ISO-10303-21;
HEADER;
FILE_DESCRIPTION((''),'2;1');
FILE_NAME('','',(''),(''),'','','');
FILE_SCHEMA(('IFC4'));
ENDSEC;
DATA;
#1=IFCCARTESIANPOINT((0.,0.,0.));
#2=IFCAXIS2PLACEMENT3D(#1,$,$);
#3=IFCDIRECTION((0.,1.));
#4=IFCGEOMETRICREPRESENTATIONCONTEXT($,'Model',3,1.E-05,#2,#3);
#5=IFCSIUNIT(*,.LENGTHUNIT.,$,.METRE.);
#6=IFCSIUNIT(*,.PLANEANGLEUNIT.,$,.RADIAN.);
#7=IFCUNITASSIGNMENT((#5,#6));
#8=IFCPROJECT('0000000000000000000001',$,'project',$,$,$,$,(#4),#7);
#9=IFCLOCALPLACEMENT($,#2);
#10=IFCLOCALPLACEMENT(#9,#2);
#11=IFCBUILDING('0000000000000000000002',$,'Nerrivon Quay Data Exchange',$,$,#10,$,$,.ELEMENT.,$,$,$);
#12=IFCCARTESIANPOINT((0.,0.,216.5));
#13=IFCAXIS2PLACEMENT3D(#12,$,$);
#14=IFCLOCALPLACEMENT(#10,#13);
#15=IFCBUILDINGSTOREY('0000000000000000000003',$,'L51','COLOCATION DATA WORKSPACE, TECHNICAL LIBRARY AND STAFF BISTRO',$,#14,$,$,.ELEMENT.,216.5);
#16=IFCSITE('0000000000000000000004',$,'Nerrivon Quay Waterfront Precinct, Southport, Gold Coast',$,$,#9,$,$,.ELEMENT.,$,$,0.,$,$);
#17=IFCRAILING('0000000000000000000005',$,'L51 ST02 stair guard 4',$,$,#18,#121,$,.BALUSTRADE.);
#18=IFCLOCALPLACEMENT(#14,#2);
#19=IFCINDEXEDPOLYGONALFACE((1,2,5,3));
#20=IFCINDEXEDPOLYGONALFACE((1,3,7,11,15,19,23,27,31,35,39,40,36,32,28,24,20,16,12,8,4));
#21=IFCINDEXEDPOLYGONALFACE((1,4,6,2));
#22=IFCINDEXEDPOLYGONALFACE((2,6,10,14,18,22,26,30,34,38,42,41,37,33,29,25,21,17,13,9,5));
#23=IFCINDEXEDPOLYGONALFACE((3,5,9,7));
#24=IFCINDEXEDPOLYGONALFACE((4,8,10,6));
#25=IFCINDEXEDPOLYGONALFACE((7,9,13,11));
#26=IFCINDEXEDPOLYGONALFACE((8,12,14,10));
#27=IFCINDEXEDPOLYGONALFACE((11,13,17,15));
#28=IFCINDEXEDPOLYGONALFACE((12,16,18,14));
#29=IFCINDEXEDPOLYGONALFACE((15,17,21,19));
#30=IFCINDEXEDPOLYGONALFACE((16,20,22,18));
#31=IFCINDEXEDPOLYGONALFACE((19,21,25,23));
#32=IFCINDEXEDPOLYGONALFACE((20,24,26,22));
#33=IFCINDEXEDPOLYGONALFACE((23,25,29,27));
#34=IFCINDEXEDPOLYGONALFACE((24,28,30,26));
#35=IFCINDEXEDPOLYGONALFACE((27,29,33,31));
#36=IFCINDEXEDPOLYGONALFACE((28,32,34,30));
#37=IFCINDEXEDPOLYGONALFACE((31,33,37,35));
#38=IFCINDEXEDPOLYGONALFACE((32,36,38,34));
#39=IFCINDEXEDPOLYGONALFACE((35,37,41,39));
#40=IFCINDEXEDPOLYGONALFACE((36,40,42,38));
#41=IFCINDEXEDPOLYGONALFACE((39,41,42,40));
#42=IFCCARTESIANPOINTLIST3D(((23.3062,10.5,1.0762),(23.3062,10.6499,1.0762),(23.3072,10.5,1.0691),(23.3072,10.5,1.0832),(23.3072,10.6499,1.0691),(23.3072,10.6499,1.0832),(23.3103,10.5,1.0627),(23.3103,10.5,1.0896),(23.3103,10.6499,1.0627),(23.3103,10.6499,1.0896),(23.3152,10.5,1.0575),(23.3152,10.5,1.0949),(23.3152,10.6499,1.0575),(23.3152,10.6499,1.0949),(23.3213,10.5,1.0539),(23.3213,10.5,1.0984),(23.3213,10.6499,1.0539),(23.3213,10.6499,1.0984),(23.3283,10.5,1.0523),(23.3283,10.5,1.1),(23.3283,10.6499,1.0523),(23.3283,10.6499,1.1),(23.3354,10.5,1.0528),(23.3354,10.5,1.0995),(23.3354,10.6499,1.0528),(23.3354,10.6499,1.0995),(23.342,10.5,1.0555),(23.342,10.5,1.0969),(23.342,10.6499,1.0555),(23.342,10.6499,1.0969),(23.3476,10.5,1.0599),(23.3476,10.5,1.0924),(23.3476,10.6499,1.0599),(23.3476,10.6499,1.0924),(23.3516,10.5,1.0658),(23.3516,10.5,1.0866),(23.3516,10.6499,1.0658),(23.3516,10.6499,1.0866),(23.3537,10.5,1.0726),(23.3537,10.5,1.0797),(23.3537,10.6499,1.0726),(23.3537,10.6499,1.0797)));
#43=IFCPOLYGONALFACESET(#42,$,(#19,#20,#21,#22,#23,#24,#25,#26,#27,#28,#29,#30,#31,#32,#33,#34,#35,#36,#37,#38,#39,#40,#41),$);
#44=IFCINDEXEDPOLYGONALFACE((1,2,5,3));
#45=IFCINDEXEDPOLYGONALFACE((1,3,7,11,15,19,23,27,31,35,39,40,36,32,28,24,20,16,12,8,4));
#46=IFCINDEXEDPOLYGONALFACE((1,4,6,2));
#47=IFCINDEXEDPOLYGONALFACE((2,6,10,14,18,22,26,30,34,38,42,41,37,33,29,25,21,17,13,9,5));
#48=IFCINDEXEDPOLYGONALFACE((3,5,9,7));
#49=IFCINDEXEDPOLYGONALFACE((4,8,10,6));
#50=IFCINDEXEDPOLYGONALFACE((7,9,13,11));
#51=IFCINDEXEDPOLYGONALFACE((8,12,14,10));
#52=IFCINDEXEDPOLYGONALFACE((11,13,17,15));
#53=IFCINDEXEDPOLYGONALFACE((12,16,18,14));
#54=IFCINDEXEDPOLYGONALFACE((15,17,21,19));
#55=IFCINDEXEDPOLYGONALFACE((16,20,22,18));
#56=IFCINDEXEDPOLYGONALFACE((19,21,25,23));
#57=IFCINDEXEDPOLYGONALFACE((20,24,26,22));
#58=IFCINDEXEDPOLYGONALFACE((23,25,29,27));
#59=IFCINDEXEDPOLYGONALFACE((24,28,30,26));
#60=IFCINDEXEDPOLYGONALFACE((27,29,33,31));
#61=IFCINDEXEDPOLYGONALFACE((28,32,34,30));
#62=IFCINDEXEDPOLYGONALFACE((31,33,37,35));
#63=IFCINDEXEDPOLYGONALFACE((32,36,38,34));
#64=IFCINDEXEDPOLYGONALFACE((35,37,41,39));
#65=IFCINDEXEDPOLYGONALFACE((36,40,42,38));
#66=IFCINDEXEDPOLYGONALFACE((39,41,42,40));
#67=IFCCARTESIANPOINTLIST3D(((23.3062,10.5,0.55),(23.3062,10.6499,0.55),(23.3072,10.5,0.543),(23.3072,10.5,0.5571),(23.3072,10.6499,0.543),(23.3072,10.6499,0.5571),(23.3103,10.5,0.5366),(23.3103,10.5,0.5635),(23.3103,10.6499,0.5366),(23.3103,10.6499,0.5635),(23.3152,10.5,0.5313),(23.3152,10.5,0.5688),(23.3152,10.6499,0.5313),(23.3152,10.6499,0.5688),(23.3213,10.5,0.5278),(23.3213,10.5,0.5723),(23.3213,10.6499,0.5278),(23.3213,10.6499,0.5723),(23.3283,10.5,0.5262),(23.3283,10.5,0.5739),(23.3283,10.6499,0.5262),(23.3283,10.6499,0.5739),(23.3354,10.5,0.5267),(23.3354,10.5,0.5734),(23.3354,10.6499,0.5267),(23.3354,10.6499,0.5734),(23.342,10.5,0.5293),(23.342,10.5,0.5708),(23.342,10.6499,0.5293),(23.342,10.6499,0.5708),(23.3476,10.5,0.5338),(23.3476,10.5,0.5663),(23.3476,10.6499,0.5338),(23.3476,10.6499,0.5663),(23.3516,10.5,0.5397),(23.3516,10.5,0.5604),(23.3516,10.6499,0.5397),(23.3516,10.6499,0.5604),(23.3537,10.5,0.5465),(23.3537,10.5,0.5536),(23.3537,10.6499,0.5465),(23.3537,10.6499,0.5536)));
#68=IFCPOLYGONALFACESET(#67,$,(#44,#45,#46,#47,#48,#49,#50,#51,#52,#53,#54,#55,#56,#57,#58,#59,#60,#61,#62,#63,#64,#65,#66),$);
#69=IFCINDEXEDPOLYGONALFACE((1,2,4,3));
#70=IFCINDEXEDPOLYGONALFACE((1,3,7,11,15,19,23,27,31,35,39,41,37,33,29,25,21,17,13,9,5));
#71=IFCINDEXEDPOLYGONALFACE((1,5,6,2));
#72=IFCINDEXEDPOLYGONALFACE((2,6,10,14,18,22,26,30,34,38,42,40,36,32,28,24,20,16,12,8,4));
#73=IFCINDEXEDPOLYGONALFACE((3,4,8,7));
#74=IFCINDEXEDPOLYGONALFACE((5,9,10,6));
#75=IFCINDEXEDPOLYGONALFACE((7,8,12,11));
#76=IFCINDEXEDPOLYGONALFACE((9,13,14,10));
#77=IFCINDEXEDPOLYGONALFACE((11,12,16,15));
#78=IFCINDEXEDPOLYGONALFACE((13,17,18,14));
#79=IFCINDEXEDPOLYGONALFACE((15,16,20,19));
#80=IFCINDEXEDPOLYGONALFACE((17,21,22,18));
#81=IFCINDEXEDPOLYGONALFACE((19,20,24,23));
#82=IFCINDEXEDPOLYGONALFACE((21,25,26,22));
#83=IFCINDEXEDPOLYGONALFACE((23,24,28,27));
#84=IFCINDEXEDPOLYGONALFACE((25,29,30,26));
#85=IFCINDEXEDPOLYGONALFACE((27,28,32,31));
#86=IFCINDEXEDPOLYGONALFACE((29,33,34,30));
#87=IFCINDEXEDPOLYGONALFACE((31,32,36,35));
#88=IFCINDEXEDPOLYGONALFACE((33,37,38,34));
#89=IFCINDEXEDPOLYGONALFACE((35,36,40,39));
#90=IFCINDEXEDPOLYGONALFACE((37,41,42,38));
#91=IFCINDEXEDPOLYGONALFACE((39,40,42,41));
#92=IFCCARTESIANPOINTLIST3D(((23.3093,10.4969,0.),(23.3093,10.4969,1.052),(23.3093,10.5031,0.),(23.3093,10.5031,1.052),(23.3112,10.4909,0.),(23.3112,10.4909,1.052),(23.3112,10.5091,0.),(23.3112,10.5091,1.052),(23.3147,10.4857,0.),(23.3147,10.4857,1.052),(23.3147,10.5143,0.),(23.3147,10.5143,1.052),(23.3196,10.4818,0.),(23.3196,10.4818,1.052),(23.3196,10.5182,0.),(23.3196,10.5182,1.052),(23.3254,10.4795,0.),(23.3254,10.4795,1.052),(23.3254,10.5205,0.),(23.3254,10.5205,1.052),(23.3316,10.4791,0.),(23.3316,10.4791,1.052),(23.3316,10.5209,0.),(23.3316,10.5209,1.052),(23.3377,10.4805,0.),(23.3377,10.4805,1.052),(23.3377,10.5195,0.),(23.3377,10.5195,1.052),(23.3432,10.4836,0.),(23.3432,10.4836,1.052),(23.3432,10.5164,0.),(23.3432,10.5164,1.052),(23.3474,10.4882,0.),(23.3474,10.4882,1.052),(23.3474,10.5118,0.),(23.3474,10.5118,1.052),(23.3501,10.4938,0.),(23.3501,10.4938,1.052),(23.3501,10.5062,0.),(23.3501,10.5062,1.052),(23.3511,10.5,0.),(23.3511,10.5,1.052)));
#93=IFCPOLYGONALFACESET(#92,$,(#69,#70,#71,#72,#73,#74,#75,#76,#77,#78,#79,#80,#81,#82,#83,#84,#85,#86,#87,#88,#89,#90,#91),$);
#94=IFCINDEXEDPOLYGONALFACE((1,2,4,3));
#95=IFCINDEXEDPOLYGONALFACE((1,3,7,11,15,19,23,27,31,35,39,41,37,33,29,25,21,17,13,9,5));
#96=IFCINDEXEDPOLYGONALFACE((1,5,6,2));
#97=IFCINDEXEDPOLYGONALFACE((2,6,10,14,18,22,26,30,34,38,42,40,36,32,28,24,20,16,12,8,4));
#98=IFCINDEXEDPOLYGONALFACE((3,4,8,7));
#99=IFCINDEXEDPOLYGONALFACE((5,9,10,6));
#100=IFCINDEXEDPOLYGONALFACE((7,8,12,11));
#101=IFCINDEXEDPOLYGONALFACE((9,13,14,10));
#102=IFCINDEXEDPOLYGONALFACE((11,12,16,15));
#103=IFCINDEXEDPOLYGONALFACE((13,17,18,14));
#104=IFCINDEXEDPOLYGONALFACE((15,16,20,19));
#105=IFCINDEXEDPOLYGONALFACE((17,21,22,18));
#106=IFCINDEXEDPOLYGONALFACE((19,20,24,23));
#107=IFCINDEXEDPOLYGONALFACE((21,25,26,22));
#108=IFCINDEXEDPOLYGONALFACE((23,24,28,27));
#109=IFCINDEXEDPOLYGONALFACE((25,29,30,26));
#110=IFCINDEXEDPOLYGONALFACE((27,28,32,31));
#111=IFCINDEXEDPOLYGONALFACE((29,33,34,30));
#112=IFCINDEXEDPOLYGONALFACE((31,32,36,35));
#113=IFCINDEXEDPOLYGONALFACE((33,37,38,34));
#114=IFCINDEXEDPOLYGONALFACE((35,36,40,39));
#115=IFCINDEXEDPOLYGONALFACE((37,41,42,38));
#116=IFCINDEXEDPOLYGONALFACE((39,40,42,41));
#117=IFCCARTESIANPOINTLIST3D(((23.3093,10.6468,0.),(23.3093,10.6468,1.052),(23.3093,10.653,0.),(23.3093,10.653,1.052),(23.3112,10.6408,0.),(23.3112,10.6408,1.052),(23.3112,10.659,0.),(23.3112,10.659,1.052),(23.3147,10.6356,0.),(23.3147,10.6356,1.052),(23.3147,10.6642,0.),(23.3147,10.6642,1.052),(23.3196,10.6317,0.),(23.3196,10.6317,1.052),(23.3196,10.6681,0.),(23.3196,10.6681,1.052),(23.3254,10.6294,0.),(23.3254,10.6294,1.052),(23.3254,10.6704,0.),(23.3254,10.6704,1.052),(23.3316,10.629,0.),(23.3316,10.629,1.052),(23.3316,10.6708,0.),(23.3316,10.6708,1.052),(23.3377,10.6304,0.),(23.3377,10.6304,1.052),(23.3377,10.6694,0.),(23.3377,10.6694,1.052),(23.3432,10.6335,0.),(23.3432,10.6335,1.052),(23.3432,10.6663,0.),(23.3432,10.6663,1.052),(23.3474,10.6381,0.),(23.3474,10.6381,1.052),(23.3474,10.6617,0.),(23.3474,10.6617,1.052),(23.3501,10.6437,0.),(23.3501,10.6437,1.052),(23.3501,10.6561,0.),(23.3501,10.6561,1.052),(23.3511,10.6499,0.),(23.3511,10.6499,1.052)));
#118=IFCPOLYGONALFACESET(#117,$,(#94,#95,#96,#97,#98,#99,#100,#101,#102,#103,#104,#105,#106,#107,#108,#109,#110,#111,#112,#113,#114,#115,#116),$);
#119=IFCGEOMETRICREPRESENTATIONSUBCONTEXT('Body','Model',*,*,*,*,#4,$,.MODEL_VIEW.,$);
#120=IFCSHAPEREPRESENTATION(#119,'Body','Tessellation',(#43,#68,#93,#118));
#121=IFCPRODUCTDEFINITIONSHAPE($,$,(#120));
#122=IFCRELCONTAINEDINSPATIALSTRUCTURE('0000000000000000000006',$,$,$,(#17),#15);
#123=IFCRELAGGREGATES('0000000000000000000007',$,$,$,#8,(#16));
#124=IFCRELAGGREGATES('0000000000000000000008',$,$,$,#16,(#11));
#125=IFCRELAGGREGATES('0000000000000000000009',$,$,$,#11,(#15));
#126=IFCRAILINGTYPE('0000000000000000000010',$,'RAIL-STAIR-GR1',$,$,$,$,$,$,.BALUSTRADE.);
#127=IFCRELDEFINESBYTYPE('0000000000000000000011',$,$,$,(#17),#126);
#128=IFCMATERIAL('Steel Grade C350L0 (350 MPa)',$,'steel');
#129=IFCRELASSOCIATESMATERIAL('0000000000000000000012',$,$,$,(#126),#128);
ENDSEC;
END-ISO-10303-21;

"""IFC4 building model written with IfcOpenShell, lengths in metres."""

from ifc_helpers import new_model, si_unit, direction, frame, origin, origin_2d, place, context, subcontext, project, spatial, circle, extrude, material, type_object, element, save


model = new_model("IFC4")

# Units and contexts
model_context = context("Model", 3, precision=1e-05, world=origin(), true_north=direction((0.0, 1.0)))
body_context = subcontext(model_context, "Body", "Model", "MODEL_VIEW")
ifc_project = project(units=[si_unit("LENGTHUNIT", "METRE"), si_unit("PLANEANGLEUNIT", "RADIAN")], contexts=[model_context])

# Site, building, storey
site_placement = place(None, origin())
site = spatial("IfcSite", under=ifc_project, at=site_placement, Name="Nerrivon Quay Waterfront Precinct, Southport, Gold Coast", CompositionType="ELEMENT", RefElevation=0.0)
building_placement = place(site_placement, origin())
building = spatial("IfcBuilding", under=site, at=building_placement, Name="Nerrivon Quay Data Exchange", CompositionType="ELEMENT")
storey_placement = place(building_placement, frame((0.0, 0.0, 216.5)))
storey = spatial("IfcBuildingStorey", under=building, at=storey_placement, Name="L51", Description="COLOCATION DATA WORKSPACE, TECHNICAL LIBRARY AND STAFF BISTRO", CompositionType="ELEMENT", Elevation=216.5)

# Railing
ifc_material_1 = material(Name="Steel Grade C350L0 (350 MPa)", Category="steel")
railing_type_1 = type_object("IfcRailingType", Name="RAIL-STAIR-GR1", PredefinedType="BALUSTRADE", material=ifc_material_1)
railing_1_placement = place(storey_placement, frame((23.3301, 10.5, 0.0)))
element("IfcRailing", 1, at=railing_1_placement, inside=storey, type_object=railing_type_1, Name="L51 ST02 stair guard 4", PredefinedType="BALUSTRADE", context=body_context, shape_type="SweptSolid", body=[
    extrude(circle(Radius=0.0239, at=origin_2d()), frame((0.0, 0.0, 1.0762), z_axis=(0.0, 1.0, 0.0), x_axis=(-1.0, 0.0, 0.0)), (0.0, 0.0, 1.0), 0.1499),
    extrude(circle(Radius=0.0239, at=origin_2d()), frame((0.0, 0.0, 0.55), z_axis=(0.0, 1.0, 0.0), x_axis=(-1.0, 0.0, 0.0)), (0.0, 0.0, 1.0), 0.1499),
    extrude(circle(Radius=0.021, at=origin_2d()), origin(), (0.0, 0.0, 1.0), 1.052),
    extrude(circle(Radius=0.021, at=origin_2d()), frame((0.0, 0.1499, 0.0)), (0.0, 0.0, 1.0), 1.052),
])

save(model, "model.ifc")
